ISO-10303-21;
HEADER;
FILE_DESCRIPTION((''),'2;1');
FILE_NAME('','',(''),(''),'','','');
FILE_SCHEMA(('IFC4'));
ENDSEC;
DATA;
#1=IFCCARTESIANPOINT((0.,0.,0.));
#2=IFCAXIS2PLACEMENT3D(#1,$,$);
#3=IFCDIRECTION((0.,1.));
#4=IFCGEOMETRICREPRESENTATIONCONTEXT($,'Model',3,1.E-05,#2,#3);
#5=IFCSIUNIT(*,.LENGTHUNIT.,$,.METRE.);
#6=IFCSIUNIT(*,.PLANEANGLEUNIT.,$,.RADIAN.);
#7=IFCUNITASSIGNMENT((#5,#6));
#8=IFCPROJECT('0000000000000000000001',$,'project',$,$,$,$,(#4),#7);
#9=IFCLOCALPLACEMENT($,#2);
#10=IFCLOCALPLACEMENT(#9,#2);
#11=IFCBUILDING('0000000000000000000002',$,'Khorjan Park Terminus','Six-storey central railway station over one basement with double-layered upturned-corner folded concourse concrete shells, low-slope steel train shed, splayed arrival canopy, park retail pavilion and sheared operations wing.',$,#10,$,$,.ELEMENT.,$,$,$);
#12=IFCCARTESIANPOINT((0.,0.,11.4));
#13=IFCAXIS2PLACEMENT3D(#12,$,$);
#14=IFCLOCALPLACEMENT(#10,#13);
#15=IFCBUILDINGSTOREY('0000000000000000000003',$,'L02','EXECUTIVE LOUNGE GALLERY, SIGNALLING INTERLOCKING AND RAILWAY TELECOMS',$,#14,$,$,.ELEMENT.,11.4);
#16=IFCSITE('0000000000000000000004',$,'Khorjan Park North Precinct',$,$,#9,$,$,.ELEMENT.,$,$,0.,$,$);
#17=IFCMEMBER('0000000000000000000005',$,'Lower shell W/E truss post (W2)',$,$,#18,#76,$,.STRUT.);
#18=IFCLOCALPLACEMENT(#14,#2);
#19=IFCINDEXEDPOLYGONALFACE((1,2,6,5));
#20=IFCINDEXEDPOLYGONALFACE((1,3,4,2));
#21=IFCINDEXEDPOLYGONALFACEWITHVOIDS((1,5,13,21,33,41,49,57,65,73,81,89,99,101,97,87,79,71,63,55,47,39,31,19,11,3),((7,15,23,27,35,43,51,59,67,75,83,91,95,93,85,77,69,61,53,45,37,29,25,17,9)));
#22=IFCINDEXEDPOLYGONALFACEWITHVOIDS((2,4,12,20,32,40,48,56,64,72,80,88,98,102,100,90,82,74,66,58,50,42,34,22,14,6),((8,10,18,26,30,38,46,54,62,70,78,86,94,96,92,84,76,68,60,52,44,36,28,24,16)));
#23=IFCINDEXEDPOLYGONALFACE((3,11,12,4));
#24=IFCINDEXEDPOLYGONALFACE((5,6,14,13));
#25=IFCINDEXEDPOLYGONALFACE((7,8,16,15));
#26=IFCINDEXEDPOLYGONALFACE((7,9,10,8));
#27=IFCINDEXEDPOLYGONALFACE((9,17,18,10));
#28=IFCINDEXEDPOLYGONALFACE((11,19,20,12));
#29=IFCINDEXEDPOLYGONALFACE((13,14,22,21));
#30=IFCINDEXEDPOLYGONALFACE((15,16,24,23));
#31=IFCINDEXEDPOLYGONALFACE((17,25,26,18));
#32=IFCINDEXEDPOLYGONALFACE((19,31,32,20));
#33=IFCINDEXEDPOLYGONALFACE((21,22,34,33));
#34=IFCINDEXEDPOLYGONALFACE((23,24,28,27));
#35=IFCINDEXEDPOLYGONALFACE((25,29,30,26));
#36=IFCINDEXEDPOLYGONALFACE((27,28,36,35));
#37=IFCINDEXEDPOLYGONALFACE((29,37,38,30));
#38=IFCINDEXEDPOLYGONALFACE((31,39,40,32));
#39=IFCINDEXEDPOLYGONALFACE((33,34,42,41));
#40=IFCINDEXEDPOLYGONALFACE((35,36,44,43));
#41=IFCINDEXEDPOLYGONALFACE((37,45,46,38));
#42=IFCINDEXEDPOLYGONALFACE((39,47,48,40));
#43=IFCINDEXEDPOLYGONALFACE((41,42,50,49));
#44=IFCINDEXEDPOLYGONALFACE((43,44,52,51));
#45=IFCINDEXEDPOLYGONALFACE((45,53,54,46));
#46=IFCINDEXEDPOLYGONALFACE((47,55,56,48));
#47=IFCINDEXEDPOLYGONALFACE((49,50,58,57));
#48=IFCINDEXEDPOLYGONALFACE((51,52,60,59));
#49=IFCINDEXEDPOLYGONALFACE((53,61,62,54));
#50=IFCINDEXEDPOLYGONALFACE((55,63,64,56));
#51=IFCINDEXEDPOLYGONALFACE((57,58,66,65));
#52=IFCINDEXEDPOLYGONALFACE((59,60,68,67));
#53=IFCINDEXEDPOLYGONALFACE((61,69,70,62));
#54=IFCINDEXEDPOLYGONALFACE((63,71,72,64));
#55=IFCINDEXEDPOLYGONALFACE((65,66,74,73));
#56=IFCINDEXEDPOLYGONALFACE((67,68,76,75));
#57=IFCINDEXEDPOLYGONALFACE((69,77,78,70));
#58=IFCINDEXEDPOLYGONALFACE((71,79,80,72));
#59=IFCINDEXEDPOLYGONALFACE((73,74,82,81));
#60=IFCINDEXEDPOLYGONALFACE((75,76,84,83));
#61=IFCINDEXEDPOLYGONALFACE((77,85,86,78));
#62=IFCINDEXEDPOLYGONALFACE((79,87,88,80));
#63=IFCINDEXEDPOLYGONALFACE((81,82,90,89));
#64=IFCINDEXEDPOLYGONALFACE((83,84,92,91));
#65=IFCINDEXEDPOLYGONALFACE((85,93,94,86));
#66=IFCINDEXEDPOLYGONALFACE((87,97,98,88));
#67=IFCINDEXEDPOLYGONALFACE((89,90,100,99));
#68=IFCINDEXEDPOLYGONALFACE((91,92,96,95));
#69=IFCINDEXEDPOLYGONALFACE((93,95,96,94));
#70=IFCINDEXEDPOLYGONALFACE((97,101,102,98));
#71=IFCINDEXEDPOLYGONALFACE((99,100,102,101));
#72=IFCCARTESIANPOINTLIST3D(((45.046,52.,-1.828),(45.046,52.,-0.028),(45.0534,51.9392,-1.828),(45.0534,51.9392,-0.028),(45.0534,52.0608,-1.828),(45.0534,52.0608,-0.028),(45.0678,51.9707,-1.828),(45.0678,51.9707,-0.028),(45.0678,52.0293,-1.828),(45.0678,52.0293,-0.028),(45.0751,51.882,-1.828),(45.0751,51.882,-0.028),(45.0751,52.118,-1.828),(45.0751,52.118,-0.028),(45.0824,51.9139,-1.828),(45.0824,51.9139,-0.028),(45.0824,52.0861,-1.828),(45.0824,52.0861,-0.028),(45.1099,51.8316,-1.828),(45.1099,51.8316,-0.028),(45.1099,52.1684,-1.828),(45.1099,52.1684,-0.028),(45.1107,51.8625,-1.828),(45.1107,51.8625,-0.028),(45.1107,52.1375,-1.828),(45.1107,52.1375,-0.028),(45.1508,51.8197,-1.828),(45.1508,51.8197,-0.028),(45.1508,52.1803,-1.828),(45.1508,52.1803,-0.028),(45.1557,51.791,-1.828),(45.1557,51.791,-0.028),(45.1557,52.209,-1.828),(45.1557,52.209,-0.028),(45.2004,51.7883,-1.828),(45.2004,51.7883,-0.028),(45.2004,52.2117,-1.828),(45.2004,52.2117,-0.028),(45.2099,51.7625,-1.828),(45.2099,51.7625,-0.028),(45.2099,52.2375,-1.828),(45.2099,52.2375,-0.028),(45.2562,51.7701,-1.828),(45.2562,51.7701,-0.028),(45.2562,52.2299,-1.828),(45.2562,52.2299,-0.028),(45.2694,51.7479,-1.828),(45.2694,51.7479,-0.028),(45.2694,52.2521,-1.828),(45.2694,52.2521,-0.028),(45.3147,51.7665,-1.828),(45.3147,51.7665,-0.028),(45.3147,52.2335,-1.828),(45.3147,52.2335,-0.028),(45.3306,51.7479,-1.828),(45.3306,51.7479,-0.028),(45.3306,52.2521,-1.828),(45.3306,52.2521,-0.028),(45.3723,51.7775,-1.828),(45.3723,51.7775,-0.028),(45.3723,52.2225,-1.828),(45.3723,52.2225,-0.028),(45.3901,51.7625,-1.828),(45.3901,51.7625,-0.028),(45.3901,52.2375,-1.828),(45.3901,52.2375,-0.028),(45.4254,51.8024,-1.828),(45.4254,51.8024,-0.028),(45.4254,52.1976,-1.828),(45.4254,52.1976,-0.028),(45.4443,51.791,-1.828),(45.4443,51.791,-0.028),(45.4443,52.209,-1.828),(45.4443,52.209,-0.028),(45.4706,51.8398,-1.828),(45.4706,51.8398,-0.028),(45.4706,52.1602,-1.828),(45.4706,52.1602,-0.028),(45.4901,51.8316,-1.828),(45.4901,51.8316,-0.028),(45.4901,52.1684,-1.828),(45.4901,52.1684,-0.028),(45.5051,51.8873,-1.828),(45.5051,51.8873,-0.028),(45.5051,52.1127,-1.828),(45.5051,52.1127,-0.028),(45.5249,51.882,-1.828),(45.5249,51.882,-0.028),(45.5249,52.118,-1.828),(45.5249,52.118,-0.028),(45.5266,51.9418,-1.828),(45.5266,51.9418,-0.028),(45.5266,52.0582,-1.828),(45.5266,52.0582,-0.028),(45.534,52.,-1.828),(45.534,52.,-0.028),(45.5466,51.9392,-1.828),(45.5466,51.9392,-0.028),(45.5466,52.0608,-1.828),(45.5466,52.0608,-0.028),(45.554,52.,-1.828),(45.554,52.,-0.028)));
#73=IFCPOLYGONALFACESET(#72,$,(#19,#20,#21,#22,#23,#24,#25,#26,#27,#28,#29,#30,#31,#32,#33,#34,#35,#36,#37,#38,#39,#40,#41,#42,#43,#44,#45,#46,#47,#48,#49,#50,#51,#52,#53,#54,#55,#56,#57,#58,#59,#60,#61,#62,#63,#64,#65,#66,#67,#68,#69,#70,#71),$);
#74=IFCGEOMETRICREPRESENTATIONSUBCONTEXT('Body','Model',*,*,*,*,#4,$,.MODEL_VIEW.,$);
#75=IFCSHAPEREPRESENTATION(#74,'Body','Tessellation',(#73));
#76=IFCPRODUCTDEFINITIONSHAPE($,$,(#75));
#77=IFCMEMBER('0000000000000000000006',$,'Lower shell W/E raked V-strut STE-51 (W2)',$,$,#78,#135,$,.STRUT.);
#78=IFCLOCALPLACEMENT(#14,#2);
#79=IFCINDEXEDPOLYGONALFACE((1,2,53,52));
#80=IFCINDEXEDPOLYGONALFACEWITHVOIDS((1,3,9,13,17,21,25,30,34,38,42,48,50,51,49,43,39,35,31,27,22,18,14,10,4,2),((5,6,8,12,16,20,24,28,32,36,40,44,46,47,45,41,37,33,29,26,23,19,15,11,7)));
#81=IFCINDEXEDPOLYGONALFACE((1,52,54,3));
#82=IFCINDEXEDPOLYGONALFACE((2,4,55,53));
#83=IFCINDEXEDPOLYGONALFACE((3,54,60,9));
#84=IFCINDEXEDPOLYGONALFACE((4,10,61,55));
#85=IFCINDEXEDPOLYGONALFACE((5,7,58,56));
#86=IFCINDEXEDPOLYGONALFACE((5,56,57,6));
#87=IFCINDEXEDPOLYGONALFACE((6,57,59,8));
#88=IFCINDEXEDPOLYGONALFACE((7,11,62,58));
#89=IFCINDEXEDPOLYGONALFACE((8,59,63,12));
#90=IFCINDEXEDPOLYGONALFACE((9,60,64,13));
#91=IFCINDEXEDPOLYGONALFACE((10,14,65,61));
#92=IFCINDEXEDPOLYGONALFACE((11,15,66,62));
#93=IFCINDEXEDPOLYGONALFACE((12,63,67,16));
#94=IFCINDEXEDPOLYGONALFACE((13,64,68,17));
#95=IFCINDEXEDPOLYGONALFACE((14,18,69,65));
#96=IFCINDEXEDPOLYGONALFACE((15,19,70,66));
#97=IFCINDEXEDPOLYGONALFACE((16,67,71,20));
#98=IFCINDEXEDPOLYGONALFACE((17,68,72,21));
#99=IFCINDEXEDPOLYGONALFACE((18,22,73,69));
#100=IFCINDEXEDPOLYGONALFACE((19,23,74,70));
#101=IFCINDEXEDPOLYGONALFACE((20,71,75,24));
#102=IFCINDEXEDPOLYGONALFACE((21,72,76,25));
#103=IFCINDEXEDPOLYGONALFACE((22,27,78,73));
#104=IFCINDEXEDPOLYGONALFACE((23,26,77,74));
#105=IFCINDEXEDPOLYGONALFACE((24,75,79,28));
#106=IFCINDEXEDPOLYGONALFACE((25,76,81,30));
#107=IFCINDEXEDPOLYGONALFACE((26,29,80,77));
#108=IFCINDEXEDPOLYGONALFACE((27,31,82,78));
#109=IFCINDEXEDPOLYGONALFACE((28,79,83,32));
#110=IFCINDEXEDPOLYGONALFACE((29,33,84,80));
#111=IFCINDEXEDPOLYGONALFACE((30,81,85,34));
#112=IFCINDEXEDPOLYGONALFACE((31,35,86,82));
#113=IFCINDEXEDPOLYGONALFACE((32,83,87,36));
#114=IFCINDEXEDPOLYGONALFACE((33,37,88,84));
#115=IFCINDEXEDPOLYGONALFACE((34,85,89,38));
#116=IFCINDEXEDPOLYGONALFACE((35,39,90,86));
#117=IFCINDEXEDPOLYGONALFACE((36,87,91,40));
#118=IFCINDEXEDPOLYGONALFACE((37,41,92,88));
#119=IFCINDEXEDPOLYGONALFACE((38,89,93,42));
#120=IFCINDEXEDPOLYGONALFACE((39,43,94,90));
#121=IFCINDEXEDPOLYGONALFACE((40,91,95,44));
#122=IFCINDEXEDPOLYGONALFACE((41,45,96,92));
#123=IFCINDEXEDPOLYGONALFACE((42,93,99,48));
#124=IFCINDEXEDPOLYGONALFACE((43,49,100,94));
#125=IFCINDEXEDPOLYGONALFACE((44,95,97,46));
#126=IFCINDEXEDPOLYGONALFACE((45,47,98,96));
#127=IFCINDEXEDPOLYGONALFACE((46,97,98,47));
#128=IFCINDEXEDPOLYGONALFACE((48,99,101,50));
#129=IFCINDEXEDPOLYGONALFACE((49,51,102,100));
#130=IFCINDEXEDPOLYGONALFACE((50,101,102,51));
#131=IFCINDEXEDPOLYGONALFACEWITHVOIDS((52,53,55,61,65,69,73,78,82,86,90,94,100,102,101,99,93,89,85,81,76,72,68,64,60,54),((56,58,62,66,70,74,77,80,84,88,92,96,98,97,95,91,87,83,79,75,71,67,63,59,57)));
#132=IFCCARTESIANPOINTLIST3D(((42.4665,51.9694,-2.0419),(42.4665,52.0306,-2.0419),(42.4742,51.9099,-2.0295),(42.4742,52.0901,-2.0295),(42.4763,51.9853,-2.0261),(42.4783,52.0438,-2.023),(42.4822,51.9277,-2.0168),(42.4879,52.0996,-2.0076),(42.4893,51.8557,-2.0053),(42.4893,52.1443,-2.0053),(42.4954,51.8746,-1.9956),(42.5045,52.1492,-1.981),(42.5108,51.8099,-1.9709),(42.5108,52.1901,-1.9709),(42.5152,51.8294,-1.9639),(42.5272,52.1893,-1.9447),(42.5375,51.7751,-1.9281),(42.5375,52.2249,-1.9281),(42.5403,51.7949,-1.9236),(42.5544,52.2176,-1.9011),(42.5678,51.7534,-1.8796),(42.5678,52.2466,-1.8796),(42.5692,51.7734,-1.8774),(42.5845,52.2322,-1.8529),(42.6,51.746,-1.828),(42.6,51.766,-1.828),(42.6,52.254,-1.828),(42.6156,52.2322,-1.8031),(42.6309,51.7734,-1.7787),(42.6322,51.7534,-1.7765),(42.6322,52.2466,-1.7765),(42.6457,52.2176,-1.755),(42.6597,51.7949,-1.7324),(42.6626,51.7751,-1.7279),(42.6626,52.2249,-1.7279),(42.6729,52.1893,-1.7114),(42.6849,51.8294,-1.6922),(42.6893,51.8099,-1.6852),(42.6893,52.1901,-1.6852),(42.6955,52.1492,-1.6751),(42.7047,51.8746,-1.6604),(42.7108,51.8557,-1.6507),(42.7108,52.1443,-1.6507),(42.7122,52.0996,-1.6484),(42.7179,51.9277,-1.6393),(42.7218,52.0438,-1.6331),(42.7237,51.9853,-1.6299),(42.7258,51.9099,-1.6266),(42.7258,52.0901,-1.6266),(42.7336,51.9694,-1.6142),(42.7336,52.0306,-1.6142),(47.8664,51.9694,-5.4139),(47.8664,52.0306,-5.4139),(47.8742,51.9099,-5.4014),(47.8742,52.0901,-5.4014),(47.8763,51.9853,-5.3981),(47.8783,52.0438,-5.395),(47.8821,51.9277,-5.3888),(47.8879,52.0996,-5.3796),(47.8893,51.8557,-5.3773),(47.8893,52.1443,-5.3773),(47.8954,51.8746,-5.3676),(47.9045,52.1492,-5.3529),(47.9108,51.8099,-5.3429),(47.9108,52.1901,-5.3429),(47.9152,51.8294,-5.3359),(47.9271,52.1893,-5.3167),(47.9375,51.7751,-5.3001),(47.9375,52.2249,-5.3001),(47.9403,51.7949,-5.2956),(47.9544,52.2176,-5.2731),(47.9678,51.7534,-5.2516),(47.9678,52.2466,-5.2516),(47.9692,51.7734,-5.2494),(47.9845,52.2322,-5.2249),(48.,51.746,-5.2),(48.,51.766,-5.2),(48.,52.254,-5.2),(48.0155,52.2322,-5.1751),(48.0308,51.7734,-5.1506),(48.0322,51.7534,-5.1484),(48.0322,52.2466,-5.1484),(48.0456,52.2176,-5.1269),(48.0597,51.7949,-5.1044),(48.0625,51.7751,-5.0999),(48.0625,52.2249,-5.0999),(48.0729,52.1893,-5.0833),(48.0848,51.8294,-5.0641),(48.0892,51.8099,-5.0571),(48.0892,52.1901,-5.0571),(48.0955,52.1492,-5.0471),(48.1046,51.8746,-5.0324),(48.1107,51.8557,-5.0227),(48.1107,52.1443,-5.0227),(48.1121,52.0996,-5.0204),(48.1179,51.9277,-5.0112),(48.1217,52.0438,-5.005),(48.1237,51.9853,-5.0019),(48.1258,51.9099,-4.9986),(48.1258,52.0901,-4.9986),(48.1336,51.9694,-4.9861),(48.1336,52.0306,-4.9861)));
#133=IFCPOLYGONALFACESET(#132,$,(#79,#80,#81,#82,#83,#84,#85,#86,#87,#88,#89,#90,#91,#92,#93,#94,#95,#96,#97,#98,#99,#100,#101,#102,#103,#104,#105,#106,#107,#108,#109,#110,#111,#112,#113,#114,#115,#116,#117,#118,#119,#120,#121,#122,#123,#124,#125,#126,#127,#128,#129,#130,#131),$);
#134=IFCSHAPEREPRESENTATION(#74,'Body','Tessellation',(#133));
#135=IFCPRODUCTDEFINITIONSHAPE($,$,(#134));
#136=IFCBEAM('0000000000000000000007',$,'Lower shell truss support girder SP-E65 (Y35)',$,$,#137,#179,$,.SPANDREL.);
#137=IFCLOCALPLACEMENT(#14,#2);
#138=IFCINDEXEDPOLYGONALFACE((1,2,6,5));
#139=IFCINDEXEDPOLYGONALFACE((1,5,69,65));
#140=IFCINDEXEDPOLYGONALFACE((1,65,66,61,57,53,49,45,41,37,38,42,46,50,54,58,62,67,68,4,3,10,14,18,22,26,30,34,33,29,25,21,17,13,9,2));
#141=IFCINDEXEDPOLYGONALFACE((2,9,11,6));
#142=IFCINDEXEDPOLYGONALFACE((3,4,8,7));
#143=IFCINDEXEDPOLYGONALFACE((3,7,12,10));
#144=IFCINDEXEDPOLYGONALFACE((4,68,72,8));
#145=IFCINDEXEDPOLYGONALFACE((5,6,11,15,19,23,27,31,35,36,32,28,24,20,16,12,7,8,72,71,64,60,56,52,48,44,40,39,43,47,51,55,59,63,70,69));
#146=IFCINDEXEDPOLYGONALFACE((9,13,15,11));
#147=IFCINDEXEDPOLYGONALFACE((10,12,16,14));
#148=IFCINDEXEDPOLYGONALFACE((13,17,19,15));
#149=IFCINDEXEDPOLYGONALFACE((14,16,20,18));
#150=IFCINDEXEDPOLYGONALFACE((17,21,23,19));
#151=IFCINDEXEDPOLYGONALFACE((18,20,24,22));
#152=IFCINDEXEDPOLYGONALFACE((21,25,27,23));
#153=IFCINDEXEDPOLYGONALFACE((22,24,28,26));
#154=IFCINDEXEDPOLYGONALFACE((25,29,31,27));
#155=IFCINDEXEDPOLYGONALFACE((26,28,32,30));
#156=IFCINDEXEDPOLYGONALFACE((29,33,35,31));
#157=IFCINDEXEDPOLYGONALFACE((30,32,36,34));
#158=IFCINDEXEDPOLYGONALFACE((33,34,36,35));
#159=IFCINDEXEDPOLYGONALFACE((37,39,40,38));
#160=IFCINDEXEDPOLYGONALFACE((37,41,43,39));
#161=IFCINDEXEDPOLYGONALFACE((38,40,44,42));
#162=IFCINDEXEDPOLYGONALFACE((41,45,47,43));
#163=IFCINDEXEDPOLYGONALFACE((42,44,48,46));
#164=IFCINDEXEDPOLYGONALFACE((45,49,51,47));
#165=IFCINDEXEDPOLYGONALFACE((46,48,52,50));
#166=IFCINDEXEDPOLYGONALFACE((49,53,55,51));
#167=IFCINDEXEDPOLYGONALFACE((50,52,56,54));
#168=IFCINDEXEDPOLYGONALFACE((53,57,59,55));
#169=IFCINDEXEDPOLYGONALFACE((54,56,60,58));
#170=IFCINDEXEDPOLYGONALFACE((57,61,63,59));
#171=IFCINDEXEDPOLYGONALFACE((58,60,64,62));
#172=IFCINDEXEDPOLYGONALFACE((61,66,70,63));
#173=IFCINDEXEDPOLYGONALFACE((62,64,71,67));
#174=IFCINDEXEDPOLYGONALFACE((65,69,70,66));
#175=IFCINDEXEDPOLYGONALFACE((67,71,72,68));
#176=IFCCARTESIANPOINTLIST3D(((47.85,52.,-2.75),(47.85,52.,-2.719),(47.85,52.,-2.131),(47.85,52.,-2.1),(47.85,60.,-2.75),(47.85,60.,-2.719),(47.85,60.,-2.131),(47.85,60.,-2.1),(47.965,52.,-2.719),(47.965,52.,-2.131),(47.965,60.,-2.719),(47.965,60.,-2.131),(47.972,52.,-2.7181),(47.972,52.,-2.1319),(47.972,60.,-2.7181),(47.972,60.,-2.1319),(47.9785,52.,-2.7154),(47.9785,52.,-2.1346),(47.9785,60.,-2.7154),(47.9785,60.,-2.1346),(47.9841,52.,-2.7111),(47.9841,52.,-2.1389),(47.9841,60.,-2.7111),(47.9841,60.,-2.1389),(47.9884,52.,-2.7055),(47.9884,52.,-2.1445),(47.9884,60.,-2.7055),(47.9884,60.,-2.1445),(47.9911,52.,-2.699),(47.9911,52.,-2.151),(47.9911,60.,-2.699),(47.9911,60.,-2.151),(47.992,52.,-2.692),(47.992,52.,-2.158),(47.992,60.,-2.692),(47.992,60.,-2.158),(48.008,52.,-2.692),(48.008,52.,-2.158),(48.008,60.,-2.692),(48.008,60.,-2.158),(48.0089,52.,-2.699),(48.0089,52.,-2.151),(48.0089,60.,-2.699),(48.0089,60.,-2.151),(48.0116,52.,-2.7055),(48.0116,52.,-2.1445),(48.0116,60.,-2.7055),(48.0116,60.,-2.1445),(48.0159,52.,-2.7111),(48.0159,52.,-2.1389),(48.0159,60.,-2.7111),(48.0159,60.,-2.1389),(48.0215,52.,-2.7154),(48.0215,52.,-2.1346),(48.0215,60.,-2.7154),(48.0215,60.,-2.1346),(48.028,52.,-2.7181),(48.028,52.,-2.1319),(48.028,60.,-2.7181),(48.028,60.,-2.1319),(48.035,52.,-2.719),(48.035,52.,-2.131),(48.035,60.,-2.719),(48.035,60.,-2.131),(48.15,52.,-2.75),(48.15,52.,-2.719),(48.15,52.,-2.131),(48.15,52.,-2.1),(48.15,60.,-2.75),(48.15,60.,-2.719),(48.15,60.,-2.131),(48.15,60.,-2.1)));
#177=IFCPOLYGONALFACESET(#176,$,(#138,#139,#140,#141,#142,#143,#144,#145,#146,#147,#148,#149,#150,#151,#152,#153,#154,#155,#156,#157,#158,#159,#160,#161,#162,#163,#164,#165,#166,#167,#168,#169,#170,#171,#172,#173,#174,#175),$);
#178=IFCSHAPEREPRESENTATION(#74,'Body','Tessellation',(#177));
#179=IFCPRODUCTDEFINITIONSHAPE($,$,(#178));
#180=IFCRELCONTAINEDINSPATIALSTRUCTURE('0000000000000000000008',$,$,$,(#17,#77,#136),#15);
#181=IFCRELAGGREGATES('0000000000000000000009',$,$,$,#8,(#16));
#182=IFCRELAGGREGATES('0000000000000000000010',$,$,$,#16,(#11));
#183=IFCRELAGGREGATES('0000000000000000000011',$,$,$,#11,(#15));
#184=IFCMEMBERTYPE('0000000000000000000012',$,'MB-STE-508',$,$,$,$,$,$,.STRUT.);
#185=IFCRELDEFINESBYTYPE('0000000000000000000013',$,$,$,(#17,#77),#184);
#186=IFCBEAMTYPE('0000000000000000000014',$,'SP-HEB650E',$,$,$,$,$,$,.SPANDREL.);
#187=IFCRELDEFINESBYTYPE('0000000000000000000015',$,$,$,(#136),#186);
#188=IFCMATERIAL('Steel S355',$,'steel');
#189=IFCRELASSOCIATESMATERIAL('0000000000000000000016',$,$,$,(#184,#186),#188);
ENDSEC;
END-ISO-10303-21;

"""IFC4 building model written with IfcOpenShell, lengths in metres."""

from ifc_helpers import new_model, si_unit, direction, frame, origin, origin_2d, place, context, subcontext, project, spatial, hollow_circle, i_section, extrude, material, material_profile, profile_set, type_object, element, save


model = new_model("IFC4")

# Units and contexts
model_context = context("Model", 3, precision=1e-05, world=origin(), true_north=direction((0.0, 1.0)))
body_context = subcontext(model_context, "Body", "Model", "MODEL_VIEW")
ifc_project = project(units=[si_unit("LENGTHUNIT", "METRE"), si_unit("PLANEANGLEUNIT", "RADIAN")], contexts=[model_context])

# Site, building, storey
site_placement = place(None, origin())
site = spatial("IfcSite", under=ifc_project, at=site_placement, Name="Khorjan Park North Precinct", CompositionType="ELEMENT", RefElevation=0.0)
building_placement = place(site_placement, origin())
building = spatial("IfcBuilding", under=site, at=building_placement, Name="Khorjan Park Terminus", Description="Six-storey central railway station over one basement with double-layered upturned-corner folded concourse concrete shells, low-slope steel train shed, splayed arrival canopy, park retail pavilion and sheared operations wing.", CompositionType="ELEMENT")
storey_placement = place(building_placement, frame((0.0, 0.0, 11.4)))
storey = spatial("IfcBuildingStorey", under=building, at=storey_placement, Name="L02", Description="EXECUTIVE LOUNGE GALLERY, SIGNALLING INTERLOCKING AND RAILWAY TELECOMS", CompositionType="ELEMENT", Elevation=11.4)

# Members
ifc_material_1 = material(Name="Steel S355", Category="steel")
ifc_material_profile_1 = material_profile(ifc_material_1, hollow_circle(Radius=0.254, WallThickness=0.02, at=origin_2d()), Name="CHS 508x20")
ifc_profile_set_1 = profile_set([ifc_material_profile_1], Name="Steel S355")
member_type_1 = type_object("IfcMemberType", Name="MB-STE-508", PredefinedType="STRUT", material=ifc_profile_set_1)
member_1_placement = place(storey_placement, frame((45.3, 52.0, -1.828), z_axis=(0.0, 0.0, 1.0), x_axis=(1.0, 0.0, 0.0)))
element("IfcMember", 1, at=member_1_placement, inside=storey, type_object=member_type_1, Name="Lower shell W/E truss post (W2)", PredefinedType="STRUT", context=body_context, shape_type="SweptSolid", body=[
    extrude(hollow_circle(Radius=0.254, WallThickness=0.02, at=origin_2d()), origin(), (0.0, 0.0, 1.0), 1.8),
])
member_2_placement = place(storey_placement, frame((48.0, 52.0, -5.2), z_axis=(-0.84821, 0.0, 0.52966), x_axis=(0.0, -1.0, 0.0)))
element("IfcMember", 2, at=member_2_placement, inside=storey, type_object=member_type_1, Name="Lower shell W/E raked V-strut STE-51 (W2)", PredefinedType="STRUT", context=body_context, shape_type="SweptSolid", body=[
    extrude(hollow_circle(Radius=0.254, WallThickness=0.02, at=origin_2d()), origin(), (0.0, 0.0, 1.0), 6.3663),
])

# Beam
ifc_material_profile_2 = material_profile(ifc_material_1, i_section(OverallWidth=0.3, OverallDepth=0.65, WebThickness=0.016, FlangeThickness=0.031, FilletRadius=0.027, at=origin_2d()), Name="HEB 650")
ifc_profile_set_2 = profile_set([ifc_material_profile_2], Name="Steel S355")
beam_type_1 = type_object("IfcBeamType", Name="SP-HEB650E", PredefinedType="SPANDREL", material=ifc_profile_set_2)
for number, where, z_axis, x_axis, name in (
    (3, (48.0, 52.0, -2.425), (0.0, 1.0, 0.0), (-1.0, 0.0, 0.0), "Lower shell truss support girder SP-E65 (Y35)"),
):
    element("IfcBeam", number, at=place(storey_placement, frame(where, z_axis=z_axis, x_axis=x_axis)), inside=storey, type_object=beam_type_1, Name=name, PredefinedType="SPANDREL", context=body_context, shape_type="SweptSolid", body=[
        extrude(i_section(OverallWidth=0.3, OverallDepth=0.65, WebThickness=0.016, FlangeThickness=0.031, FilletRadius=0.027, at=origin_2d()), origin(), (0.0, 0.0, 1.0), 8.0),
    ])

save(model, "model.ifc")
